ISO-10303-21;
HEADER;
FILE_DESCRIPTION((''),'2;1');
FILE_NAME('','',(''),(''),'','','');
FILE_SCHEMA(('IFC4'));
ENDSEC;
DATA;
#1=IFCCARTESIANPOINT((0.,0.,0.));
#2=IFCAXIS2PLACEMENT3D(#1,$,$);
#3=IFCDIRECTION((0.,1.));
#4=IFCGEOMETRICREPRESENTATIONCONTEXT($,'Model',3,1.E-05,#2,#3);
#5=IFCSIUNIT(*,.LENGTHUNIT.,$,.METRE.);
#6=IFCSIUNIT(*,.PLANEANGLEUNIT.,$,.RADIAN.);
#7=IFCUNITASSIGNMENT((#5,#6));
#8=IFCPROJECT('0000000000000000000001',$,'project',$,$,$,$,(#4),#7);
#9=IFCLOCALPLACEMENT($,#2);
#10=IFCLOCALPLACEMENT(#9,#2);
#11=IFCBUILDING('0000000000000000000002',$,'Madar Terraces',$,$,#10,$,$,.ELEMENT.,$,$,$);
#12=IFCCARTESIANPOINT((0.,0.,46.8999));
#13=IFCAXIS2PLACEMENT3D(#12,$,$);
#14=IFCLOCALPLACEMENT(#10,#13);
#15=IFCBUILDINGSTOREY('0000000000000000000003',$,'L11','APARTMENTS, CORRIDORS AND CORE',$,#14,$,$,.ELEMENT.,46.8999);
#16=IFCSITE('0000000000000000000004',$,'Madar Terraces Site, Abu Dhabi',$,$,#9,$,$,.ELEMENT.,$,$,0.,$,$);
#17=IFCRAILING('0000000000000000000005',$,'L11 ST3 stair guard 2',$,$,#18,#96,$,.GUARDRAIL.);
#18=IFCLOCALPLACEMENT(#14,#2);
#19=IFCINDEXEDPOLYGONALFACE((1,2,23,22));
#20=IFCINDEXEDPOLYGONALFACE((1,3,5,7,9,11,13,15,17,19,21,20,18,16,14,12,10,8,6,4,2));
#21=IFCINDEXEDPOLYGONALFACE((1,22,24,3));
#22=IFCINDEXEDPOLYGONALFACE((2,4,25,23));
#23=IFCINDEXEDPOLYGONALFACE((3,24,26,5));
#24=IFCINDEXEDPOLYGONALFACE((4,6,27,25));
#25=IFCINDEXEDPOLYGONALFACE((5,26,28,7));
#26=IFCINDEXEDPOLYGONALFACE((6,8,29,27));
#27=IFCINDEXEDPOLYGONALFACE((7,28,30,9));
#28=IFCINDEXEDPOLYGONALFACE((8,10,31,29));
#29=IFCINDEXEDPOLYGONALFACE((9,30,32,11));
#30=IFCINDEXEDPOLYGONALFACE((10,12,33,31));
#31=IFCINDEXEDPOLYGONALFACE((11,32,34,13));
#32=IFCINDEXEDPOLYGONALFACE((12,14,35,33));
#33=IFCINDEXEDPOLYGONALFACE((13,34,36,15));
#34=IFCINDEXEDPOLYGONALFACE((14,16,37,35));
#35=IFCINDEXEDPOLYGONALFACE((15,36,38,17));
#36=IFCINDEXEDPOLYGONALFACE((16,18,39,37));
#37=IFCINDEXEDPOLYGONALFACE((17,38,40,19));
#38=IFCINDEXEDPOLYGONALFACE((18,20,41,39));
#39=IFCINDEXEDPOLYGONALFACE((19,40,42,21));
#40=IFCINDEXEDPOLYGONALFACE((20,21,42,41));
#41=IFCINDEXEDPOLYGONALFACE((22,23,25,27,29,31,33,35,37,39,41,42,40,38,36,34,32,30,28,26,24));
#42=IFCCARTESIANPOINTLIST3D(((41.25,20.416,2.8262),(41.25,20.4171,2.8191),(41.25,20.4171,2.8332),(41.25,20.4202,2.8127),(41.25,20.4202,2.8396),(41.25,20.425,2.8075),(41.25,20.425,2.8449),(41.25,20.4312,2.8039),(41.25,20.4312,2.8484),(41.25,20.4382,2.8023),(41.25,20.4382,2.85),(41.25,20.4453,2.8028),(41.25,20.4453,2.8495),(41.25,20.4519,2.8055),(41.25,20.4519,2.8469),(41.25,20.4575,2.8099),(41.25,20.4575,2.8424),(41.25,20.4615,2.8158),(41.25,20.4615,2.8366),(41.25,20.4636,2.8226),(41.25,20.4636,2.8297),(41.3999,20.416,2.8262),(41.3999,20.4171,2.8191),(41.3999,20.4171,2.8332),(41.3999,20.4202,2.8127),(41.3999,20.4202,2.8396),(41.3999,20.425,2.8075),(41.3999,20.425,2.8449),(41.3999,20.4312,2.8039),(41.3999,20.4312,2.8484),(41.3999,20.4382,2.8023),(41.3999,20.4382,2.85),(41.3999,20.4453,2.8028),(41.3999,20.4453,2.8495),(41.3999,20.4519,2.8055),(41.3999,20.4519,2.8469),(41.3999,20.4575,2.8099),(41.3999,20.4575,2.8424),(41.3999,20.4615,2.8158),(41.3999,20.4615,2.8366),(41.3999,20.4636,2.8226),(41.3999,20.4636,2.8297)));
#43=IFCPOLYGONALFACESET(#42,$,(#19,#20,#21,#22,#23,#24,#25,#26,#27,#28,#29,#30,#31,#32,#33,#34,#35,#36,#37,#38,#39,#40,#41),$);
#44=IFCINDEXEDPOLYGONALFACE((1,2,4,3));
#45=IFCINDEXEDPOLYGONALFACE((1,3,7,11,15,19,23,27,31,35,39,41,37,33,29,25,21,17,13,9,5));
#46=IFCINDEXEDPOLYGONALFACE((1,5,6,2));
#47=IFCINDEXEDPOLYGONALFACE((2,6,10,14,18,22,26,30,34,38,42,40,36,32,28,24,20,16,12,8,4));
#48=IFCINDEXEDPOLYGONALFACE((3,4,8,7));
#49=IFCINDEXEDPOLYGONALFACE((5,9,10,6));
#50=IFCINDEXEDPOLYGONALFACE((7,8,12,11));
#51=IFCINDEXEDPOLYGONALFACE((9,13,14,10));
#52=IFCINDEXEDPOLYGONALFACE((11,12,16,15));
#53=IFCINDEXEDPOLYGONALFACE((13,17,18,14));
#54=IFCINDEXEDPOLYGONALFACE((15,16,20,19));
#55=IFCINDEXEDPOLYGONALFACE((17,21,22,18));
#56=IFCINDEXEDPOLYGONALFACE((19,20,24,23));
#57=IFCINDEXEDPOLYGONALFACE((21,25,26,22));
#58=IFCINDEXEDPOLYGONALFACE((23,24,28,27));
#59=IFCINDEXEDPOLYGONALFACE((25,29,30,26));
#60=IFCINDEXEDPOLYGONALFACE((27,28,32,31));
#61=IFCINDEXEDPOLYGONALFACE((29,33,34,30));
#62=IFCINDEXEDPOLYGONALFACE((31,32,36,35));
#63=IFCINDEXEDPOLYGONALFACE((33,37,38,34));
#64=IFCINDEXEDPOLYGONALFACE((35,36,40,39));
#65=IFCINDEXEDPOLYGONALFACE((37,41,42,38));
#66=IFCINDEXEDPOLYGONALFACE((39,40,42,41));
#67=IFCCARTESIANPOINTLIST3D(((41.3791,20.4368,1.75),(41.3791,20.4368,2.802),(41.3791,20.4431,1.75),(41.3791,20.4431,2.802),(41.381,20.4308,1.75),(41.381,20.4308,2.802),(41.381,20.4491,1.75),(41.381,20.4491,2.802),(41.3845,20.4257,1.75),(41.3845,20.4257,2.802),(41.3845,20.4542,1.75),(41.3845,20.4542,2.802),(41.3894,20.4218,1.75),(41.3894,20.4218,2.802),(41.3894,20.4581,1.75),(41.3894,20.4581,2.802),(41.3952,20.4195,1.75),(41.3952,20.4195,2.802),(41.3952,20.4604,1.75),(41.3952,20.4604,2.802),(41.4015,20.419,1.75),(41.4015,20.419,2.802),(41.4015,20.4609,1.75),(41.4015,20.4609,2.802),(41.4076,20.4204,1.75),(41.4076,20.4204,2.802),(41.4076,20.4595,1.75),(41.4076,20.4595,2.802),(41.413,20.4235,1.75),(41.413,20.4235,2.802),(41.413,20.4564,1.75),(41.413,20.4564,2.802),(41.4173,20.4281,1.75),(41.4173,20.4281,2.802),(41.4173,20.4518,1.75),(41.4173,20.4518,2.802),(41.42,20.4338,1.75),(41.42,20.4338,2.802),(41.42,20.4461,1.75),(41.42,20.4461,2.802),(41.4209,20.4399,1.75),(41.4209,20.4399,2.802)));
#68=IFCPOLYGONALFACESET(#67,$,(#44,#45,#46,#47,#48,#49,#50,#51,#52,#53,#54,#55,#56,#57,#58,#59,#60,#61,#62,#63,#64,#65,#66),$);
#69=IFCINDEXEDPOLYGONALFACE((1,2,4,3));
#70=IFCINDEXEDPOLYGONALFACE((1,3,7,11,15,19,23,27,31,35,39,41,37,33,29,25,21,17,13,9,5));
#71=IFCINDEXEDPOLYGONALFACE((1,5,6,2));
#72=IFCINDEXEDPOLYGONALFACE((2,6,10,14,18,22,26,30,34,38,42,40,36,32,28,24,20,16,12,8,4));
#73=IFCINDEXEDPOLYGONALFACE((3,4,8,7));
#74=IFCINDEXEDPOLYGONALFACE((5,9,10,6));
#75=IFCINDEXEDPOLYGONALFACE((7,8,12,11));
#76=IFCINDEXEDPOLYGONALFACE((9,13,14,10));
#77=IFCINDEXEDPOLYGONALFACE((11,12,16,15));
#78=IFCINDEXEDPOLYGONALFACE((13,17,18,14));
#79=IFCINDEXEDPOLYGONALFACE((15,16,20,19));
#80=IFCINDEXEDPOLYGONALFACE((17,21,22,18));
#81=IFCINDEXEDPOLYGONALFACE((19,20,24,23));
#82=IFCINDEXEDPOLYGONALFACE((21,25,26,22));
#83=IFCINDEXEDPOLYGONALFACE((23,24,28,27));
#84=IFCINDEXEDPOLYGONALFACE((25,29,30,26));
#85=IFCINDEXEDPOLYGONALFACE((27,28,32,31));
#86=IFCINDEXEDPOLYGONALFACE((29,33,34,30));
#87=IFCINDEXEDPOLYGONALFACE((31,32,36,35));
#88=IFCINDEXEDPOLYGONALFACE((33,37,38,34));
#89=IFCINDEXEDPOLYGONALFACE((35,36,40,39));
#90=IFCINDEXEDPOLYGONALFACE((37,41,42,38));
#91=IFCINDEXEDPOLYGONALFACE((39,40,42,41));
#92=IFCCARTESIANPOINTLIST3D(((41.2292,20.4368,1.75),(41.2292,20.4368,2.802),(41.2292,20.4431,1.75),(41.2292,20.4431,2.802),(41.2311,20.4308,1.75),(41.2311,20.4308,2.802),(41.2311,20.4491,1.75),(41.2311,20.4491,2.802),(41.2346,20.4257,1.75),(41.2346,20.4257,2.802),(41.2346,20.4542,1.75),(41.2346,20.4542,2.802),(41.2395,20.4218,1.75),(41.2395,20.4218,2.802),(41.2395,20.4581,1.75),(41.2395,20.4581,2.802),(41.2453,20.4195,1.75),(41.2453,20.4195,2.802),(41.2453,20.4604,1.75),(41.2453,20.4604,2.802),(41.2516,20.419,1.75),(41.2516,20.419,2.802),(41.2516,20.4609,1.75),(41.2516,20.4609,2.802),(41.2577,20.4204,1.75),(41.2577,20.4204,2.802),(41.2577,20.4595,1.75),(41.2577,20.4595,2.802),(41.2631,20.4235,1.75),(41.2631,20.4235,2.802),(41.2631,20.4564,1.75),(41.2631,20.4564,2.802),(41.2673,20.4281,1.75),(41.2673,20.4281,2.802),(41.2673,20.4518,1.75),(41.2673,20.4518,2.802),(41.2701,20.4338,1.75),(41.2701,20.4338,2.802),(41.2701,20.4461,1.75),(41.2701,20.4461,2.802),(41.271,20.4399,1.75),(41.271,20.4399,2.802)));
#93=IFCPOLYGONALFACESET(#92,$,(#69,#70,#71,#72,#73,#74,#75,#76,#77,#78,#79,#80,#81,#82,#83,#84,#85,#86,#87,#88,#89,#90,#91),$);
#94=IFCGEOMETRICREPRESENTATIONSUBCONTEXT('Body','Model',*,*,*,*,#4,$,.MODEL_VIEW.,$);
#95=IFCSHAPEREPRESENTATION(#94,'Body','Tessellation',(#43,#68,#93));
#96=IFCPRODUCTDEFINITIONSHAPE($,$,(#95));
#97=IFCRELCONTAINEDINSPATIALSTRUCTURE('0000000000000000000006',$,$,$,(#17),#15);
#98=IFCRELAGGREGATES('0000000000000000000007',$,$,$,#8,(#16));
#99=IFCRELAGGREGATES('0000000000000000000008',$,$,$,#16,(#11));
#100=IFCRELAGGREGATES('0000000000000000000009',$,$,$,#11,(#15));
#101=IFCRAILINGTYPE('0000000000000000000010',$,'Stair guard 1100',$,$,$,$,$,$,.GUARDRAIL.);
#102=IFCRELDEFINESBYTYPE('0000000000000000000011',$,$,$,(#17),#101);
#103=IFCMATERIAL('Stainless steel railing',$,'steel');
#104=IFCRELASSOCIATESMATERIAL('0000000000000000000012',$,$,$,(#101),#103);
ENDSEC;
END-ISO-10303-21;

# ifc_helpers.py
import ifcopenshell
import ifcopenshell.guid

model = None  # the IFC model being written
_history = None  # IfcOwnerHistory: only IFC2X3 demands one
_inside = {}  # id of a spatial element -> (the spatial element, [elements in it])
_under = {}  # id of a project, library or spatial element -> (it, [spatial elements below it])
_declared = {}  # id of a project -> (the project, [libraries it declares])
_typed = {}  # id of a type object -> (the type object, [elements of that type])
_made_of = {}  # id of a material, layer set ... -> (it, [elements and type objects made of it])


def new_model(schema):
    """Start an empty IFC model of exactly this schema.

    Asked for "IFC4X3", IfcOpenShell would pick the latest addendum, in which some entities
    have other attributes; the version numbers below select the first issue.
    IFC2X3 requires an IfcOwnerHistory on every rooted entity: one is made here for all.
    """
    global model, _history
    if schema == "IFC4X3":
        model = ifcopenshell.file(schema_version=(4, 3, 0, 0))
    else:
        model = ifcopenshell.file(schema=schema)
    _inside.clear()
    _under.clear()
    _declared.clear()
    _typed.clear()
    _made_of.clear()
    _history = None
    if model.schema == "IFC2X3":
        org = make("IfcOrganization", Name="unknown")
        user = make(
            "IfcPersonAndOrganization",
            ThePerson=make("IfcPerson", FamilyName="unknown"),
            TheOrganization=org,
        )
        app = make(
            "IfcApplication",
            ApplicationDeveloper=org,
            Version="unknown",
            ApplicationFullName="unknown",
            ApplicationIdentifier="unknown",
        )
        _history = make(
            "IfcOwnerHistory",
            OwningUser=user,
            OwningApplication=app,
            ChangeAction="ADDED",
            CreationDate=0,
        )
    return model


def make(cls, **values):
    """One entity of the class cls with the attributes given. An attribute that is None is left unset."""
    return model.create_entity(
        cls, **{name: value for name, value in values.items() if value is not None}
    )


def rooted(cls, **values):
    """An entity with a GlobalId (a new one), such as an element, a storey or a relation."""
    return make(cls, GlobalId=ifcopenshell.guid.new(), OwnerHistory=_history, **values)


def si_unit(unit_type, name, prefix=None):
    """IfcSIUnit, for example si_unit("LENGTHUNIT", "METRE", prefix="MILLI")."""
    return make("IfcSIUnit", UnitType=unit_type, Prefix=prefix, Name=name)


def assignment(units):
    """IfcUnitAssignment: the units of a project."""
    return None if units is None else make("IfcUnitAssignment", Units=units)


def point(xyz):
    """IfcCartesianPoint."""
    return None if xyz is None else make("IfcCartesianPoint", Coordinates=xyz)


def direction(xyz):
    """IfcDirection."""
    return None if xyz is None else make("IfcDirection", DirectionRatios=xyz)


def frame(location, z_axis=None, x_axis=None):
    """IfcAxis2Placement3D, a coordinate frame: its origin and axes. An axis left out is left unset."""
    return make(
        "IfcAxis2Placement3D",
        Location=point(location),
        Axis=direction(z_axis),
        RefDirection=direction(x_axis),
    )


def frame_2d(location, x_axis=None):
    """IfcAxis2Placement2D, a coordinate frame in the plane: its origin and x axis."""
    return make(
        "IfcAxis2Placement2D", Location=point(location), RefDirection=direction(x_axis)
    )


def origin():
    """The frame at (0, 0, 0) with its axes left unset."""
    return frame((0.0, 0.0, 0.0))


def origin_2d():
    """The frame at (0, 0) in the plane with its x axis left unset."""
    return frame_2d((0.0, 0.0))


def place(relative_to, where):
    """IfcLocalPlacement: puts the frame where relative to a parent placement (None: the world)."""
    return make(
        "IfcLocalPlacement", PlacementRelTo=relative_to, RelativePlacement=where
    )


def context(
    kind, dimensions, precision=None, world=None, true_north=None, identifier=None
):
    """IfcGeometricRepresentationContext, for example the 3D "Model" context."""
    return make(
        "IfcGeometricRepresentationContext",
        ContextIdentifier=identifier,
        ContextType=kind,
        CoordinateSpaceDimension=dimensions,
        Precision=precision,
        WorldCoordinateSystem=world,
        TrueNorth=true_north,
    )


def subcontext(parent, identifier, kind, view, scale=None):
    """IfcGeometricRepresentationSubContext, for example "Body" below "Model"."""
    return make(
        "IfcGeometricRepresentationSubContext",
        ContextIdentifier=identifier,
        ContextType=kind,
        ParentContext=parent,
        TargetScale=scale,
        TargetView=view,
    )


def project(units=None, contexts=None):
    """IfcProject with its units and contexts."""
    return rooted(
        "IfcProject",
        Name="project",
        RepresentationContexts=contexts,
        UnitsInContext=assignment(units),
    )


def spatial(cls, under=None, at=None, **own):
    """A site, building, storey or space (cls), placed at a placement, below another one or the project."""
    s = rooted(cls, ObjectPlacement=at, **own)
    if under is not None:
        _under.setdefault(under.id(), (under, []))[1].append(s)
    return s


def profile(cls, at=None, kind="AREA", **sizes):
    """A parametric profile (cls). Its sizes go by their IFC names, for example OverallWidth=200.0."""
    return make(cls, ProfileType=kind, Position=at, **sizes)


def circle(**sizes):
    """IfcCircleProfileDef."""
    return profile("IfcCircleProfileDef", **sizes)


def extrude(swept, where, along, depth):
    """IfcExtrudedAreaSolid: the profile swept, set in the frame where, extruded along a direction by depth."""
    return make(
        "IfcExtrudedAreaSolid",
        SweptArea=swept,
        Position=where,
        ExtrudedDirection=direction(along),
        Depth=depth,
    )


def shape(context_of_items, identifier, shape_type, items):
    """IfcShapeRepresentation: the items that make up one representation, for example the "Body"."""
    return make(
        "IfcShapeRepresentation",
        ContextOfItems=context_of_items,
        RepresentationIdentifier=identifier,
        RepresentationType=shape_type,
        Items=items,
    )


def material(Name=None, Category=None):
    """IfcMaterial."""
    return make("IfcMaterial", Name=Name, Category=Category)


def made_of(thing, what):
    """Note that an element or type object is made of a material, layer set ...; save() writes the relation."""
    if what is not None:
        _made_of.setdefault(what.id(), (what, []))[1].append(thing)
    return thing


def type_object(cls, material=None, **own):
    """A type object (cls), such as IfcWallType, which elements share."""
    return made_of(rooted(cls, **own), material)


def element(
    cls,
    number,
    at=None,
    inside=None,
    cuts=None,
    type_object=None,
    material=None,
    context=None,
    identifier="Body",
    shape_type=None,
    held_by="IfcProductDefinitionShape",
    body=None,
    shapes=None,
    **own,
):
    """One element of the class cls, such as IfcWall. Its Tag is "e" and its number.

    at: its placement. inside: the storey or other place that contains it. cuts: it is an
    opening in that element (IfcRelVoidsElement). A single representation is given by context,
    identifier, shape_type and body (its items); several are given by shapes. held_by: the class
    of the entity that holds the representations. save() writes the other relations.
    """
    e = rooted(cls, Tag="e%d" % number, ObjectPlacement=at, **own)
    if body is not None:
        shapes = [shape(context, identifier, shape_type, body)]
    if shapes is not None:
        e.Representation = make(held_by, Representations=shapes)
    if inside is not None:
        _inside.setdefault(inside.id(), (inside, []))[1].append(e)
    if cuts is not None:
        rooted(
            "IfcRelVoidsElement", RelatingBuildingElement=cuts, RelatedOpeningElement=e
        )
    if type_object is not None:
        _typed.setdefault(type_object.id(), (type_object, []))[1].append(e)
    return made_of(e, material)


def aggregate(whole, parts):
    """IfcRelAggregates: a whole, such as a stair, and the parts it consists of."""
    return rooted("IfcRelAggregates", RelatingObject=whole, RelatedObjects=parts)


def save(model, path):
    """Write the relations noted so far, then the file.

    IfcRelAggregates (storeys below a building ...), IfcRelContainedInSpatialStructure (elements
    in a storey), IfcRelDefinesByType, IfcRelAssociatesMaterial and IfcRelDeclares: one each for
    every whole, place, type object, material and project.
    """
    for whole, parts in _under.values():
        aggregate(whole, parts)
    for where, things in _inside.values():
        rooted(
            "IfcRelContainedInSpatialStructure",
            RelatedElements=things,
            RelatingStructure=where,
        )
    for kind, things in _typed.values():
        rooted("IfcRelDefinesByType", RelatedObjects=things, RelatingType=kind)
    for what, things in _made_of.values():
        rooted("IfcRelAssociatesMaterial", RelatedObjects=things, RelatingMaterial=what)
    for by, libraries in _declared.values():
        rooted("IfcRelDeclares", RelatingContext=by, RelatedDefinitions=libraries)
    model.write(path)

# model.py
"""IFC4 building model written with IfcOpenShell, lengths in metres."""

from ifc_helpers import new_model, si_unit, direction, frame, origin, origin_2d, place, context, subcontext, project, spatial, circle, extrude, material, type_object, element, save


model = new_model("IFC4")

# Units and contexts
model_context = context("Model", 3, precision=1e-05, world=origin(), true_north=direction((0.0, 1.0)))
body_context = subcontext(model_context, "Body", "Model", "MODEL_VIEW")
ifc_project = project(units=[si_unit("LENGTHUNIT", "METRE"), si_unit("PLANEANGLEUNIT", "RADIAN")], contexts=[model_context])

# Site, building, storey
site_placement = place(None, origin())
site = spatial("IfcSite", under=ifc_project, at=site_placement, Name="Madar Terraces Site, Abu Dhabi", CompositionType="ELEMENT", RefElevation=0.0)
building_placement = place(site_placement, origin())
building = spatial("IfcBuilding", under=site, at=building_placement, Name="Madar Terraces", CompositionType="ELEMENT")
storey_placement = place(building_placement, frame((0.0, 0.0, 46.8999)))
storey = spatial("IfcBuildingStorey", under=building, at=storey_placement, Name="L11", Description="APARTMENTS, CORRIDORS AND CORE", CompositionType="ELEMENT", Elevation=46.8999)

# Railing
ifc_material_1 = material(Name="Stainless steel railing", Category="steel")
railing_type_1 = type_object("IfcRailingType", Name="Stair guard 1100", PredefinedType="GUARDRAIL", material=ifc_material_1)
railing_1_placement = place(storey_placement, frame((41.3999, 20.4399, 1.75)))
element("IfcRailing", 1, at=railing_1_placement, inside=storey, type_object=railing_type_1, Name="L11 ST3 stair guard 2", PredefinedType="GUARDRAIL", context=body_context, shape_type="SweptSolid", body=[
    extrude(circle(Radius=0.0239, at=origin_2d()), frame((0.0, 0.0, 1.0762), z_axis=(-1.0, 0.0, 0.0), x_axis=(0.0, -1.0, 0.0)), (0.0, 0.0, 1.0), 0.1499),
    extrude(circle(Radius=0.021, at=origin_2d()), origin(), (0.0, 0.0, 1.0), 1.052),
    extrude(circle(Radius=0.021, at=origin_2d()), frame((-0.1499, 0.0, 0.0)), (0.0, 0.0, 1.0), 1.052),
])

save(model, "model.ifc")
